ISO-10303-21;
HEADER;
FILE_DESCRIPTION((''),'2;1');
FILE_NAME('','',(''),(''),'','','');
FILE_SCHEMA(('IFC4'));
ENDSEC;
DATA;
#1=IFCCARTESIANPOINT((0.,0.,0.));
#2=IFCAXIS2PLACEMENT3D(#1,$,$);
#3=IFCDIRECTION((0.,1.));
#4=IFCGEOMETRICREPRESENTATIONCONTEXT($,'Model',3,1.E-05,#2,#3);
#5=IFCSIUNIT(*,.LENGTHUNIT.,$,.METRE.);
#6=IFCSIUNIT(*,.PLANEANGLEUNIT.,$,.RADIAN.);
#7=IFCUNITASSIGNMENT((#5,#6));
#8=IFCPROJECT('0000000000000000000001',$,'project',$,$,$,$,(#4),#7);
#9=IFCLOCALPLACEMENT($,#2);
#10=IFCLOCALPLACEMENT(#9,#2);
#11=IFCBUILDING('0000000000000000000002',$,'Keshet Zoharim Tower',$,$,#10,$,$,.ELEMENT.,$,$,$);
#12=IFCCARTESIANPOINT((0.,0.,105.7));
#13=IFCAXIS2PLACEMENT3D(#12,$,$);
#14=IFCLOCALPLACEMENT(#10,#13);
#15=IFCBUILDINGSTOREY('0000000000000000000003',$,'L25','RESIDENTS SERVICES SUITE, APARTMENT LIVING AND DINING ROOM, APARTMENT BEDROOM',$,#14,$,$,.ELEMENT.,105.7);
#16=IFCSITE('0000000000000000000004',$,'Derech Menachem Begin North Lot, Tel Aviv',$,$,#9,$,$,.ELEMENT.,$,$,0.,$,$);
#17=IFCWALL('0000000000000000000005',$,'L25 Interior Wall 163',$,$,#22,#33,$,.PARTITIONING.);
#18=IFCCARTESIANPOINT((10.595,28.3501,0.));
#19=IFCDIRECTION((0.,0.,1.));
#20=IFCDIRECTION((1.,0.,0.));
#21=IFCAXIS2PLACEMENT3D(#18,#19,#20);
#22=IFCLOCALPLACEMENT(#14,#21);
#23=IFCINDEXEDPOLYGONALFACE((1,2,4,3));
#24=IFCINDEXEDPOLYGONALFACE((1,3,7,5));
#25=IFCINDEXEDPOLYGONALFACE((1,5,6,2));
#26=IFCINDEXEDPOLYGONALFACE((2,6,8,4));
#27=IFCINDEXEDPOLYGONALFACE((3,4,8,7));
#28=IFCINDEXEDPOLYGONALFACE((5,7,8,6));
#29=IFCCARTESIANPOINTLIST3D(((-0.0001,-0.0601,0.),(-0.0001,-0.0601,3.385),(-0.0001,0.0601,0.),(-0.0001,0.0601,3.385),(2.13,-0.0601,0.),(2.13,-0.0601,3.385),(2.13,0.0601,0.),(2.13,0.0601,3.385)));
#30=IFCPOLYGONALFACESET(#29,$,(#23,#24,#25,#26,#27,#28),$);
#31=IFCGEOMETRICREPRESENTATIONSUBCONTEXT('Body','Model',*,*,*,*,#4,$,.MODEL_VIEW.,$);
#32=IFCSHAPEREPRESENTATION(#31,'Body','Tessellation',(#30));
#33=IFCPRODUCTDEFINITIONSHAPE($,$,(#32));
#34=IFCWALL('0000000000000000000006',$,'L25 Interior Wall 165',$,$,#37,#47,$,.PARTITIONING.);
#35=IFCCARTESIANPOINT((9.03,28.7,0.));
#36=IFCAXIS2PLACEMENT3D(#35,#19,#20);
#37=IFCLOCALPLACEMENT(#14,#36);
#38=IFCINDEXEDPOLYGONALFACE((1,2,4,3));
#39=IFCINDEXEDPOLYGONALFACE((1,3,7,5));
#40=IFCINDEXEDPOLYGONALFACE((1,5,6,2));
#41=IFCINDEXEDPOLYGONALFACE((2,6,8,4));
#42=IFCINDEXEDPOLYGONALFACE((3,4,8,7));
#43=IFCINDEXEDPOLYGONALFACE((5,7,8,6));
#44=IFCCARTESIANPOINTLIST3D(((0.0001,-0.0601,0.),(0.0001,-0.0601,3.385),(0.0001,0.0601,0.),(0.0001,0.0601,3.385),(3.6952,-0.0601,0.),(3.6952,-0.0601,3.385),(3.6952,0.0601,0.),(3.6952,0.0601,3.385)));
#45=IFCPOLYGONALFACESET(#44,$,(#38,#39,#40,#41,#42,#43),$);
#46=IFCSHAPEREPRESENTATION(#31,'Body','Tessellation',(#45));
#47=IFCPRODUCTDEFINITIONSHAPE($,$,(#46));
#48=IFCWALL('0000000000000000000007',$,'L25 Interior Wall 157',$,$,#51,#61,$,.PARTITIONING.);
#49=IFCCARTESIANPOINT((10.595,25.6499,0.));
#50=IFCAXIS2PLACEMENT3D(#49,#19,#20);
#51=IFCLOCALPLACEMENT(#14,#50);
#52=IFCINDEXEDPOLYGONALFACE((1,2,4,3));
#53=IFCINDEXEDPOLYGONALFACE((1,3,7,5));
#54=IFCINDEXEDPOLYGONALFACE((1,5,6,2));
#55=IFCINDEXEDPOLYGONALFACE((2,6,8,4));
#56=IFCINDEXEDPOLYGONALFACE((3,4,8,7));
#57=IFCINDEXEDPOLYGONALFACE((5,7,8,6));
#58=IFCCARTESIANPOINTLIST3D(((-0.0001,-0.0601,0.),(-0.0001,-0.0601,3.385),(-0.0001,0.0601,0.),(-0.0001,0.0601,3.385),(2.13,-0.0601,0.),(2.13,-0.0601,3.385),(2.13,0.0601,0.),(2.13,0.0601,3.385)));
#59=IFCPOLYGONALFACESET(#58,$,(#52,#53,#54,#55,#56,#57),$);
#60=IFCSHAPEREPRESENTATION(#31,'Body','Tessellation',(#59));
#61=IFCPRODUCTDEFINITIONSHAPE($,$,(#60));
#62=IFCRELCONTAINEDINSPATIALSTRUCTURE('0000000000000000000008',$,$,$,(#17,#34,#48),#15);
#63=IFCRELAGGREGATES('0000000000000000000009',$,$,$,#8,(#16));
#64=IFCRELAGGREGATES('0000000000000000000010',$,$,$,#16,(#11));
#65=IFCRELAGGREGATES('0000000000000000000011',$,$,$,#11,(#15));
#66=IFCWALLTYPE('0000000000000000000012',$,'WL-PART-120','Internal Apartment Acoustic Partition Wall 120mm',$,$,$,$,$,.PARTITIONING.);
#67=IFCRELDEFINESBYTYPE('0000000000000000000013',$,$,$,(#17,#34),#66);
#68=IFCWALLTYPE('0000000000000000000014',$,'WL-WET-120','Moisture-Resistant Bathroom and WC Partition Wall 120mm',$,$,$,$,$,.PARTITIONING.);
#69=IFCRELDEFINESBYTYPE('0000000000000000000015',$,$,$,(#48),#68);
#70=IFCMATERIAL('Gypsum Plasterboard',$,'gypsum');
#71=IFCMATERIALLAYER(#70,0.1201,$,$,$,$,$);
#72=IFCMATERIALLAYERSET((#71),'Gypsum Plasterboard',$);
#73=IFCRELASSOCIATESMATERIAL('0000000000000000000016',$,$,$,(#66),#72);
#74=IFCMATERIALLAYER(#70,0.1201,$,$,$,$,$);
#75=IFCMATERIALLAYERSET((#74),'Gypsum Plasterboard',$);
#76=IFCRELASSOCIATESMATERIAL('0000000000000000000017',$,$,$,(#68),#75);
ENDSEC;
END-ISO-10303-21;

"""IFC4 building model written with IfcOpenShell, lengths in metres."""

from ifc_helpers import new_model, si_unit, direction, frame, frame_2d, origin, place, context, subcontext, project, spatial, rectangle, extrude, material, layer, layer_set, type_object, element, save


model = new_model("IFC4")

# Units and contexts
model_context = context("Model", 3, precision=1e-05, world=origin(), true_north=direction((0.0, 1.0)))
body_context = subcontext(model_context, "Body", "Model", "MODEL_VIEW")
ifc_project = project(units=[si_unit("LENGTHUNIT", "METRE"), si_unit("PLANEANGLEUNIT", "RADIAN")], contexts=[model_context])

# Site, building, storey
site_placement = place(None, origin())
site = spatial("IfcSite", under=ifc_project, at=site_placement, Name="Derech Menachem Begin North Lot, Tel Aviv", CompositionType="ELEMENT", RefElevation=0.0)
building_placement = place(site_placement, origin())
building = spatial("IfcBuilding", under=site, at=building_placement, Name="Keshet Zoharim Tower", CompositionType="ELEMENT")
storey_placement = place(building_placement, frame((0.0, 0.0, 105.7)))
storey = spatial("IfcBuildingStorey", under=building, at=storey_placement, Name="L25", Description="RESIDENTS SERVICES SUITE, APARTMENT LIVING AND DINING ROOM, APARTMENT BEDROOM", CompositionType="ELEMENT", Elevation=105.7)

# Shared definitions
ifc_material_1 = material(Name="Gypsum Plasterboard", Category="gypsum")

# Shared definitions
ifc_layer_1 = layer(ifc_material_1, 0.1201)
ifc_layer_set_1 = layer_set([ifc_layer_1], Name="Gypsum Plasterboard")
wall_type_1 = type_object("IfcWallType", Name="WL-PART-120", Description="Internal Apartment Acoustic Partition Wall 120mm", PredefinedType="PARTITIONING", material=ifc_layer_set_1)

# Walls
wall_1_placement = place(storey_placement, frame((10.595, 28.3501, 0.0), z_axis=(0.0, 0.0, 1.0), x_axis=(1.0, 0.0, 0.0)))
element("IfcWall", 1, at=wall_1_placement, inside=storey, type_object=wall_type_1, Name="L25 Interior Wall 163", PredefinedType="PARTITIONING", context=body_context, shape_type="SweptSolid", body=[
    extrude(rectangle(XDim=2.1301, YDim=0.1201, at=frame_2d((1.0649, 0.0))), origin(), (0.0, 0.0, 1.0), 3.385),
])
wall_2_placement = place(storey_placement, frame((9.03, 28.7, 0.0), z_axis=(0.0, 0.0, 1.0), x_axis=(1.0, 0.0, 0.0)))
element("IfcWall", 2, at=wall_2_placement, inside=storey, type_object=wall_type_1, Name="L25 Interior Wall 165", PredefinedType="PARTITIONING", context=body_context, shape_type="SweptSolid", body=[
    extrude(rectangle(XDim=3.6951, YDim=0.1201, at=frame_2d((1.8477, 0.0))), origin(), (0.0, 0.0, 1.0), 3.385),
])

# Wall
ifc_layer_2 = layer(ifc_material_1, 0.1201)
ifc_layer_set_2 = layer_set([ifc_layer_2], Name="Gypsum Plasterboard")
wall_type_2 = type_object("IfcWallType", Name="WL-WET-120", Description="Moisture-Resistant Bathroom and WC Partition Wall 120mm", PredefinedType="PARTITIONING", material=ifc_layer_set_2)
wall_3_placement = place(storey_placement, frame((10.595, 25.6499, 0.0), z_axis=(0.0, 0.0, 1.0), x_axis=(1.0, 0.0, 0.0)))
element("IfcWall", 3, at=wall_3_placement, inside=storey, type_object=wall_type_2, Name="L25 Interior Wall 157", PredefinedType="PARTITIONING", context=body_context, shape_type="SweptSolid", body=[
    extrude(rectangle(XDim=2.1301, YDim=0.1201, at=frame_2d((1.0649, 0.0))), origin(), (0.0, 0.0, 1.0), 3.385),
])

save(model, "model.ifc")
